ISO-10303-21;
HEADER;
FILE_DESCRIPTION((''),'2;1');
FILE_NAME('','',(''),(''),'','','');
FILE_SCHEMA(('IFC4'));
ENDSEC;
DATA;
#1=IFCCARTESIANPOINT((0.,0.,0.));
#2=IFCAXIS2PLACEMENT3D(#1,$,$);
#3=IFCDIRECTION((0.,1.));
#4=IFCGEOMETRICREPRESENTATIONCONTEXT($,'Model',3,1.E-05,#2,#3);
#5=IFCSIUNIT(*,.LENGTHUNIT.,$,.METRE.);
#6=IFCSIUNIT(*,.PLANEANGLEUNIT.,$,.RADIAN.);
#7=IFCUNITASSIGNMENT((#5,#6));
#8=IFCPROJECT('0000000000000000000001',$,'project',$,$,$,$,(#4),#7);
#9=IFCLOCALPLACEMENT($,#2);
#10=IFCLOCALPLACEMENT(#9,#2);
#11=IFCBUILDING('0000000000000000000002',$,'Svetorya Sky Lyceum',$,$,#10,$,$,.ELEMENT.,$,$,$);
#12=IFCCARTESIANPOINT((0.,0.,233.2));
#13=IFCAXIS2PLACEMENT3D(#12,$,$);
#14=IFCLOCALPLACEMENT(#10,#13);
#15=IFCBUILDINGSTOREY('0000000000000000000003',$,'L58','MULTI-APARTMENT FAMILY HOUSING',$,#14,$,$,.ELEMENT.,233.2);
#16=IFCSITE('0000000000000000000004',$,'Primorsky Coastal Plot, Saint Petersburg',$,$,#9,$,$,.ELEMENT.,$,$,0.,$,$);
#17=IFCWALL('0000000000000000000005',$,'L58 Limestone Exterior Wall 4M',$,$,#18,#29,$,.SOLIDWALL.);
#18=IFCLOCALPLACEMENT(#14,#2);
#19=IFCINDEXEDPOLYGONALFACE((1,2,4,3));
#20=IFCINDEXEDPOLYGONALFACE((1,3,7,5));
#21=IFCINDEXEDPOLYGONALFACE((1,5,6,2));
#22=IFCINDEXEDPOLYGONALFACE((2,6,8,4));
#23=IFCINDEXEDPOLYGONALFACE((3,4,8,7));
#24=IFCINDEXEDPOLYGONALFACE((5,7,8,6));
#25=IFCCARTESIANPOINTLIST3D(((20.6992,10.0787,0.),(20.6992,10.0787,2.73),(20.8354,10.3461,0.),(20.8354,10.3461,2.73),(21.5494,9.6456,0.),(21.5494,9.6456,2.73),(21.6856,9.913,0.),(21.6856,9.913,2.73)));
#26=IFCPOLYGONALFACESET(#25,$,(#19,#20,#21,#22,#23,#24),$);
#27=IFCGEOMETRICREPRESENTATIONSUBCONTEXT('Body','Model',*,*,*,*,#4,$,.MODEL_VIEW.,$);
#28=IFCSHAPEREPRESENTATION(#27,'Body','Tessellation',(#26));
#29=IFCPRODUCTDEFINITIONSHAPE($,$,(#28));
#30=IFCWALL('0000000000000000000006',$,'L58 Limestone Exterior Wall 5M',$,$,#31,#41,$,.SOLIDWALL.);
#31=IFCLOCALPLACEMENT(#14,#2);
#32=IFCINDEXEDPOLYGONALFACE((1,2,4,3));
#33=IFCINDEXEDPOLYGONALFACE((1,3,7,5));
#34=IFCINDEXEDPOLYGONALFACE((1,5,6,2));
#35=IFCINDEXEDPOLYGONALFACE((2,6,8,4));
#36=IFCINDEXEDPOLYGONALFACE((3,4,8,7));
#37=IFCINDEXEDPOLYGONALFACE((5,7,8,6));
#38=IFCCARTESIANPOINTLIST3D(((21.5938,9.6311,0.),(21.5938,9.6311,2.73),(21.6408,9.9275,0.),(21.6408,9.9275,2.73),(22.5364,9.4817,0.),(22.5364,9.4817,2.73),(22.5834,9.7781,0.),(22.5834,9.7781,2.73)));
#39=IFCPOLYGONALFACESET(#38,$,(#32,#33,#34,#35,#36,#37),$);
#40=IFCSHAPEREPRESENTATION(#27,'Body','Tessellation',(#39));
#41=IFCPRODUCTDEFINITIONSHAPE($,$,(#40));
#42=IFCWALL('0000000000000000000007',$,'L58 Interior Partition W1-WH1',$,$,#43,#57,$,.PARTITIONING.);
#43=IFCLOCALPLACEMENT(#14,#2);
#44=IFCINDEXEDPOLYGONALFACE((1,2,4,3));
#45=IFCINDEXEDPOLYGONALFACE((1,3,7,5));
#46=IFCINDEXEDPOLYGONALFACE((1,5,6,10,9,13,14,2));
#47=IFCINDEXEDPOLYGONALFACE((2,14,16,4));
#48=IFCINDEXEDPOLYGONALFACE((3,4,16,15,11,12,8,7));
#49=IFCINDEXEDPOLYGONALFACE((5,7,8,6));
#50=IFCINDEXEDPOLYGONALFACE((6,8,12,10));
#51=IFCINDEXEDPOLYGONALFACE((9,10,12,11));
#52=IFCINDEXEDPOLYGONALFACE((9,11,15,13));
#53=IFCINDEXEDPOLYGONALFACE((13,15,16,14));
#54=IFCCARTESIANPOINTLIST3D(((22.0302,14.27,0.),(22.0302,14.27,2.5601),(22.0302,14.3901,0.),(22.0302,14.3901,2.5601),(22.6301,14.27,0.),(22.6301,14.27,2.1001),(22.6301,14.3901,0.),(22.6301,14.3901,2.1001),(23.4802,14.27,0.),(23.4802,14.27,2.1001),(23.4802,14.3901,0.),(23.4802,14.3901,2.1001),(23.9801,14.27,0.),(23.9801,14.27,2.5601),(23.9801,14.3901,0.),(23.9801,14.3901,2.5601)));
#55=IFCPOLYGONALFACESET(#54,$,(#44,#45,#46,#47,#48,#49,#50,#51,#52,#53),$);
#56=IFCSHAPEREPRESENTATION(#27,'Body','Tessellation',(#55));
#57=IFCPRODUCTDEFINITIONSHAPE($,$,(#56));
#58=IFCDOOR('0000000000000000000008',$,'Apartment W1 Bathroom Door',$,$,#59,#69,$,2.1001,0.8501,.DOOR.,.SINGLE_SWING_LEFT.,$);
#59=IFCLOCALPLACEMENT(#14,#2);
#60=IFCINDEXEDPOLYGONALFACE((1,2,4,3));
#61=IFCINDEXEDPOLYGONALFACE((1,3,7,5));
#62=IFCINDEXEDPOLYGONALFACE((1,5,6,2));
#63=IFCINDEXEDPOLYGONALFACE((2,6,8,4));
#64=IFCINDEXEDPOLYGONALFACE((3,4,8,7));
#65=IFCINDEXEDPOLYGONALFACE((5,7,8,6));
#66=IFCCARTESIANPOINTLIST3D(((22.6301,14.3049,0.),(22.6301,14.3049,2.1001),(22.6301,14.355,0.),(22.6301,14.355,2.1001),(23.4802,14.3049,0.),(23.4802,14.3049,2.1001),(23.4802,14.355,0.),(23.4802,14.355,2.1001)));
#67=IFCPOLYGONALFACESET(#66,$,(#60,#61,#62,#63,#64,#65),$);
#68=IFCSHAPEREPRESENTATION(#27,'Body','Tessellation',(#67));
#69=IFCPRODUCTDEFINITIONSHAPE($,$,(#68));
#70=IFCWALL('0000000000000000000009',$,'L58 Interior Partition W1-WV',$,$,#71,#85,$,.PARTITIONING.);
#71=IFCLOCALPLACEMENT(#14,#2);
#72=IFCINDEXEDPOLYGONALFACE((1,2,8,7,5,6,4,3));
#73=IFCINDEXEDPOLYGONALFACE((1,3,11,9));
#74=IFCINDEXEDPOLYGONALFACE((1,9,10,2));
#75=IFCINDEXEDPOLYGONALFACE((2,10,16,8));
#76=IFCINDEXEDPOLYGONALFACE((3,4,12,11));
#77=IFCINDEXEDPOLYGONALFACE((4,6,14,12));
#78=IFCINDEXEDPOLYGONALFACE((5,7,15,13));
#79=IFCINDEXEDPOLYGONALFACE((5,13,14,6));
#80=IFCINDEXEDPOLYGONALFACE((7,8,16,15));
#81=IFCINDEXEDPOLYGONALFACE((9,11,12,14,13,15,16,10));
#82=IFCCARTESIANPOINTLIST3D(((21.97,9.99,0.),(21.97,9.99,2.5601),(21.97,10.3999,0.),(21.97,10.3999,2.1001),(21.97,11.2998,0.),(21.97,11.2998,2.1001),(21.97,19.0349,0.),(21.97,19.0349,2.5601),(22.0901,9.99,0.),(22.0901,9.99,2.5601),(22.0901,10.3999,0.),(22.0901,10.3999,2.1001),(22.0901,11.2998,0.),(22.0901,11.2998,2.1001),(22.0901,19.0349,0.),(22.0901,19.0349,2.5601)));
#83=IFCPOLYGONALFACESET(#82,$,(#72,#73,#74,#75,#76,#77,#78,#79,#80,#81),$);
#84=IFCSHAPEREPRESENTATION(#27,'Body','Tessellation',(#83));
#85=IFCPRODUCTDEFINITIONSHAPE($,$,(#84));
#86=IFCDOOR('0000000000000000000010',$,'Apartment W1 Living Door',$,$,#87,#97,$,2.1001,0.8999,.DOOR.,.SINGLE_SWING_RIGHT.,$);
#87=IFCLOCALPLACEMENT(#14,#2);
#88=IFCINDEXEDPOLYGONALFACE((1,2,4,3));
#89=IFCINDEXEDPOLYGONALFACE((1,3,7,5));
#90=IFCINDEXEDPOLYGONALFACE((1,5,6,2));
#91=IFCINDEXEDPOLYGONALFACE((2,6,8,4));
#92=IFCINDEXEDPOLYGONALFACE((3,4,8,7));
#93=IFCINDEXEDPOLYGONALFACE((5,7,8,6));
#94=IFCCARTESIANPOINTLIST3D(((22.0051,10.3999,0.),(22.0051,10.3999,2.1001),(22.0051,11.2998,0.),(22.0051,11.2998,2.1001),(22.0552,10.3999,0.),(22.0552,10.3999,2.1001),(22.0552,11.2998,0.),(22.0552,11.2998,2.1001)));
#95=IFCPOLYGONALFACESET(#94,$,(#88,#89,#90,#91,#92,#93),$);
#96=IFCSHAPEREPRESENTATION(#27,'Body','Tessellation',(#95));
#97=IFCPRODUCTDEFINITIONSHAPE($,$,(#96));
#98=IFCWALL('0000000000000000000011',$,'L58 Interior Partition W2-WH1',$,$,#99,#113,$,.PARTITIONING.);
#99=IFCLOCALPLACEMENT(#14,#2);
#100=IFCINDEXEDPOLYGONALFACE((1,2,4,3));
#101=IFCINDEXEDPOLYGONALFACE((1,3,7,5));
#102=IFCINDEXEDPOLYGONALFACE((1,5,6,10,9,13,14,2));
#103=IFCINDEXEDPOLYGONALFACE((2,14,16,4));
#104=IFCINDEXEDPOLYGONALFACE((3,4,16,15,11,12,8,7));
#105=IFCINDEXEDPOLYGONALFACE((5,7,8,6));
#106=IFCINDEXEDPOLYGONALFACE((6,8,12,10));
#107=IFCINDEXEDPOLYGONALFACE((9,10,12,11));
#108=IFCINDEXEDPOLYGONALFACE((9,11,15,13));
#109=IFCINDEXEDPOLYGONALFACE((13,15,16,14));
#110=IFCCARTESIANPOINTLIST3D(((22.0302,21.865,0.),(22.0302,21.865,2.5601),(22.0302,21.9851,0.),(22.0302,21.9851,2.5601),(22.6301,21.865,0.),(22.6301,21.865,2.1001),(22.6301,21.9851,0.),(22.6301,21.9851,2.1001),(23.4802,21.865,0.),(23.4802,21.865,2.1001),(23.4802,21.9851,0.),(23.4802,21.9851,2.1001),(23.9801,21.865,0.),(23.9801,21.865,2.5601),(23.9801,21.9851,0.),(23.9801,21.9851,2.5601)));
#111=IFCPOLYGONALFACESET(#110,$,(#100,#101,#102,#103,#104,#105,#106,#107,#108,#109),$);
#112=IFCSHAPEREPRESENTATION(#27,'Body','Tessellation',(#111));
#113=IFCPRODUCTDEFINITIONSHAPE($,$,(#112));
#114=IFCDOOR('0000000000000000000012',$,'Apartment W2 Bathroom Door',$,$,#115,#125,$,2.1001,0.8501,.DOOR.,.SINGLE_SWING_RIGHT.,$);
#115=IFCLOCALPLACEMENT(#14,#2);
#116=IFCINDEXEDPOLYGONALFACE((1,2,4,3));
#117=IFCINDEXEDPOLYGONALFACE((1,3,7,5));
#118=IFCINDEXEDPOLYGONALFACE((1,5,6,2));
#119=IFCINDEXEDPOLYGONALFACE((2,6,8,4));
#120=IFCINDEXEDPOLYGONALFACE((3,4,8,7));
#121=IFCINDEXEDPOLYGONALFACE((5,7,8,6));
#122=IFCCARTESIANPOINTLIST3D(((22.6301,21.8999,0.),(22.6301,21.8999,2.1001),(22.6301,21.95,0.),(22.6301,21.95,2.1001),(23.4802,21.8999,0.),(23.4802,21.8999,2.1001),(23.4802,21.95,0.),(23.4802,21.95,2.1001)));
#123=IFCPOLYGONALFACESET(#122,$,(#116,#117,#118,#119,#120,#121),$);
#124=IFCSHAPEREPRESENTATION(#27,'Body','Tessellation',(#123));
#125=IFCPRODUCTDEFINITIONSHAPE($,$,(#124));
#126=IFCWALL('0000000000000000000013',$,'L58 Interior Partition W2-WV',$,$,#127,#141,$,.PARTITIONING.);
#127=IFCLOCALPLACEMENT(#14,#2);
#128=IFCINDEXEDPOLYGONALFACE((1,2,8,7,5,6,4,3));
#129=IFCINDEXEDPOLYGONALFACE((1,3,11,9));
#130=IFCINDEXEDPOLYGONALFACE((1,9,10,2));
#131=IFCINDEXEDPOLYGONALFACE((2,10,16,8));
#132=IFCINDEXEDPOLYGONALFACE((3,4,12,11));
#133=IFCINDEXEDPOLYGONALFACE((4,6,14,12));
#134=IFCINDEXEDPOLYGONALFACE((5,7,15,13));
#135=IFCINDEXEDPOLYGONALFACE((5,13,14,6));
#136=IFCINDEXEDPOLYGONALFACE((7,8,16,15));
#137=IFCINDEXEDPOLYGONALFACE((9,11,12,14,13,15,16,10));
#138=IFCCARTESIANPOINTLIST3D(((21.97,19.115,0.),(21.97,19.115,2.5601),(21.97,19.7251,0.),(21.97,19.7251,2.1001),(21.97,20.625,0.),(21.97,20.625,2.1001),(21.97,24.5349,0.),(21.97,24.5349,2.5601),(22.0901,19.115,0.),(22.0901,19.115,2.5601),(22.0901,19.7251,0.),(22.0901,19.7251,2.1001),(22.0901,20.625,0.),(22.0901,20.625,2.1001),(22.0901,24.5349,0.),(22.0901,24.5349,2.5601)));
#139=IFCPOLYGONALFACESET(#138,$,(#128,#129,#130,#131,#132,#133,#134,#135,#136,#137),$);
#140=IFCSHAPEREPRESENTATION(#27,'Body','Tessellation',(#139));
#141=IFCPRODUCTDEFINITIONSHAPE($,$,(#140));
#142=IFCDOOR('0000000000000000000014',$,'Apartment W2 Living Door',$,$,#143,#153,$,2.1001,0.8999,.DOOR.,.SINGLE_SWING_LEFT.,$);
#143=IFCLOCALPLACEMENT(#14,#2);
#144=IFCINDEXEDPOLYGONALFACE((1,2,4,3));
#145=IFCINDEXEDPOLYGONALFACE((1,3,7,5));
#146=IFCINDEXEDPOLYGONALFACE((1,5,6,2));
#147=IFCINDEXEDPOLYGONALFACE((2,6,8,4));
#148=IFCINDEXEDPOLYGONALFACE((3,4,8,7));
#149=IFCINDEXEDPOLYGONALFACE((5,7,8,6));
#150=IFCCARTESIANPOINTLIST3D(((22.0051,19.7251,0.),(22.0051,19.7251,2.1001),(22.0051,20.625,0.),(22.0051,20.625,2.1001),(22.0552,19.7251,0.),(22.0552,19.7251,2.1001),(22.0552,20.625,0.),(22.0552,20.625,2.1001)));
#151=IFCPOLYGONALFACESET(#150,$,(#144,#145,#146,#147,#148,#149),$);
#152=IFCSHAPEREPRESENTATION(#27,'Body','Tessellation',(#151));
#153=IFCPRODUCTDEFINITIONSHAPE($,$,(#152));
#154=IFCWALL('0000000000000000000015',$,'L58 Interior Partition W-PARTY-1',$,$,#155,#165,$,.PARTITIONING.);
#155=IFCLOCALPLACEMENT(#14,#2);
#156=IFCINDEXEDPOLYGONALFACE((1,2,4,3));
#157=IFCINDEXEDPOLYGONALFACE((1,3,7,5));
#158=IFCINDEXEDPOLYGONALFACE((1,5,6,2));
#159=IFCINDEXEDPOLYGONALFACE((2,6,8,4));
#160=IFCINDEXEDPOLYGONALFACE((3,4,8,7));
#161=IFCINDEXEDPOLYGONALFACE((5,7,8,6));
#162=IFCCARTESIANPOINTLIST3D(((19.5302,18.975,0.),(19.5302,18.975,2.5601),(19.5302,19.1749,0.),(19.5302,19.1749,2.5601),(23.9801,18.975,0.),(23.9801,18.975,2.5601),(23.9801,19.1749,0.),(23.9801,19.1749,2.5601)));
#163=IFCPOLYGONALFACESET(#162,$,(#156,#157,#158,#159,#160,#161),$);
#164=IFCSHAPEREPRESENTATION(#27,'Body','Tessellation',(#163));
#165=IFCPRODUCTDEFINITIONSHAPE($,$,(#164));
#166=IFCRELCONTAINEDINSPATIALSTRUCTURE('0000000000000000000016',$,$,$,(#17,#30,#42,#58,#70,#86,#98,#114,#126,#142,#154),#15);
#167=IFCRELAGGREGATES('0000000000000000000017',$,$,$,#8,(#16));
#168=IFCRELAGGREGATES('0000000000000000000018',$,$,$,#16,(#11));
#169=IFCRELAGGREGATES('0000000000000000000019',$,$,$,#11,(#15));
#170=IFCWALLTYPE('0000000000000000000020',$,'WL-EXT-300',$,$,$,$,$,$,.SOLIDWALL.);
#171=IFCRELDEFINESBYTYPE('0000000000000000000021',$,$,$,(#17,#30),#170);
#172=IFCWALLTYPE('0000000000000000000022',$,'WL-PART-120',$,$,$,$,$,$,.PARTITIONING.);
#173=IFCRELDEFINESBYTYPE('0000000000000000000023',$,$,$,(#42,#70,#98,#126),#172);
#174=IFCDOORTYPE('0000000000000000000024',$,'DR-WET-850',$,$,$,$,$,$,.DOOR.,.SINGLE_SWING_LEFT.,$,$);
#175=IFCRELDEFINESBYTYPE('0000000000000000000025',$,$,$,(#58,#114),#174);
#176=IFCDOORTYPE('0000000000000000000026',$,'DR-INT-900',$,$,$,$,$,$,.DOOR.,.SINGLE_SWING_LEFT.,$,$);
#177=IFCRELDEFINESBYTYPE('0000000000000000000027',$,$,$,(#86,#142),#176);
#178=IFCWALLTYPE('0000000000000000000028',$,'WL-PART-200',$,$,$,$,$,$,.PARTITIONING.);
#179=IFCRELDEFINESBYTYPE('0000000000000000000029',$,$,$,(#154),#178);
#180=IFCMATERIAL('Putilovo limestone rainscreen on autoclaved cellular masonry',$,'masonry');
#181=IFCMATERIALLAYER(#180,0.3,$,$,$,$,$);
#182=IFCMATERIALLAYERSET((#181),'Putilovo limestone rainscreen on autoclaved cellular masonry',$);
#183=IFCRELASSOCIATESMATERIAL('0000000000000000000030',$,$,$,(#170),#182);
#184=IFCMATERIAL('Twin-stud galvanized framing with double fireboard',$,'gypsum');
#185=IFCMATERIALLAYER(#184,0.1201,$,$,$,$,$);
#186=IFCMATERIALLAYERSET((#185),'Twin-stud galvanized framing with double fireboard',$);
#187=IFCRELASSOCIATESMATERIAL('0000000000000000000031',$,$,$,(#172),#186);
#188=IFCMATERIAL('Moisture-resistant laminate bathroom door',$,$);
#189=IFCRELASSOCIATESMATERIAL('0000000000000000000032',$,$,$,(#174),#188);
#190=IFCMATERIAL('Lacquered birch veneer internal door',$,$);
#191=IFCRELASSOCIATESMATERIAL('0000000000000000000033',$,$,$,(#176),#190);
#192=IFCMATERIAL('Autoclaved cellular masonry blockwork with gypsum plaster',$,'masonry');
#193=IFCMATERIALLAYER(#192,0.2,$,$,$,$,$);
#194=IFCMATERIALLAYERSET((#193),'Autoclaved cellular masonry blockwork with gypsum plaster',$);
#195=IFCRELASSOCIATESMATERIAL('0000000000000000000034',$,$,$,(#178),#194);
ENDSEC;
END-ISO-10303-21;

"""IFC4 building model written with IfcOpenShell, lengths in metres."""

from ifc_helpers import new_model, si_unit, direction, frame, frame_2d, origin, place, context, subcontext, project, spatial, rectangle, extrude, material, layer, layer_set, type_object, element, fill, save


model = new_model("IFC4")

# Units and contexts
model_context = context("Model", 3, precision=1e-05, world=origin(), true_north=direction((0.0, 1.0)))
body_context = subcontext(model_context, "Body", "Model", "MODEL_VIEW")
ifc_project = project(units=[si_unit("LENGTHUNIT", "METRE"), si_unit("PLANEANGLEUNIT", "RADIAN")], contexts=[model_context])

# Site, building, storey
site_placement = place(None, origin())
site = spatial("IfcSite", under=ifc_project, at=site_placement, Name="Primorsky Coastal Plot, Saint Petersburg", CompositionType="ELEMENT", RefElevation=0.0)
building_placement = place(site_placement, origin())
building = spatial("IfcBuilding", under=site, at=building_placement, Name="Svetorya Sky Lyceum", CompositionType="ELEMENT")
storey_placement = place(building_placement, frame((0.0, 0.0, 233.2)))
storey = spatial("IfcBuildingStorey", under=building, at=storey_placement, Name="L58", Description="MULTI-APARTMENT FAMILY HOUSING", CompositionType="ELEMENT", Elevation=233.2)

# Walls
ifc_material_1 = material(Name="Putilovo limestone rainscreen on autoclaved cellular masonry", Category="masonry")
ifc_layer_1 = layer(ifc_material_1, 0.3)
ifc_layer_set_1 = layer_set([ifc_layer_1], Name="Putilovo limestone rainscreen on autoclaved cellular masonry")
wall_type_1 = type_object("IfcWallType", Name="WL-EXT-300", PredefinedType="SOLIDWALL", material=ifc_layer_set_1)
wall_1_placement = place(storey_placement, frame((20.7673, 10.2124, 0.0), z_axis=(0.0, 0.0, 1.0), x_axis=(0.891024, -0.453956, 0.0)))
element("IfcWall", 1, at=wall_1_placement, inside=storey, type_object=wall_type_1, Name="L58 Limestone Exterior Wall 4M", PredefinedType="SOLIDWALL", context=body_context, shape_type="SweptSolid", body=[
    extrude(rectangle(XDim=0.9541, YDim=0.3, at=frame_2d((0.4771, 0.0))), origin(), (0.0, 0.0, 1.0), 2.73),
])
wall_2_placement = place(storey_placement, frame((21.6174, 9.7793, 0.0), z_axis=(0.0, 0.0, 1.0), x_axis=(0.987669, -0.156554, 0.0)))
element("IfcWall", 2, at=wall_2_placement, inside=storey, type_object=wall_type_1, Name="L58 Limestone Exterior Wall 5M", PredefinedType="SOLIDWALL", context=body_context, shape_type="SweptSolid", body=[
    extrude(rectangle(XDim=0.9543, YDim=0.3, at=frame_2d((0.4771, 0.0))), origin(), (0.0, 0.0, 1.0), 2.73),
])

# Walls, openings, doors
ifc_material_2 = material(Name="Twin-stud galvanized framing with double fireboard", Category="gypsum")
ifc_layer_2 = layer(ifc_material_2, 0.1201)
ifc_layer_set_2 = layer_set([ifc_layer_2], Name="Twin-stud galvanized framing with double fireboard")
wall_type_2 = type_object("IfcWallType", Name="WL-PART-120", PredefinedType="PARTITIONING", material=ifc_layer_set_2)
wall_3_placement = place(storey_placement, frame((22.03, 14.3301, 0.0), z_axis=(0.0, 0.0, 1.0), x_axis=(1.0, 0.0, 0.0)))
wall_3 = element("IfcWall", 3, at=wall_3_placement, inside=storey, type_object=wall_type_2, Name="L58 Interior Partition W1-WH1", PredefinedType="PARTITIONING", context=body_context, shape_type="SweptSolid", body=[
    extrude(rectangle(XDim=1.95, YDim=0.1201, at=frame_2d((0.9751, 0.0))), origin(), (0.0, 0.0, 1.0), 2.5601),
])
opening_1_placement = place(wall_3_placement, frame((0.6001, 0.0, 0.0)))
opening_1 = element("IfcOpeningElement", 4, at=opening_1_placement, cuts=wall_3, PredefinedType="OPENING", context=body_context, shape_type="SweptSolid", body=[
    extrude(rectangle(XDim=0.8501, YDim=2.1001, at=frame_2d((0.425, 1.05))), frame((0.0, 0.0701, 0.0), z_axis=(0.0, -1.0, 0.0), x_axis=(1.0, 0.0, 0.0)), (0.0, 0.0, 1.0), 0.1401),
])
ifc_material_3 = material(Name="Moisture-resistant laminate bathroom door")
door_type_1 = type_object("IfcDoorType", Name="DR-WET-850", OperationType="SINGLE_SWING_LEFT", PredefinedType="DOOR", material=ifc_material_3)
door_1_placement = place(opening_1_placement, origin())
door_1 = element("IfcDoor", 5, at=door_1_placement, inside=storey, type_object=door_type_1, Name="Apartment W1 Bathroom Door", OperationType="SINGLE_SWING_LEFT", OverallHeight=2.1001, OverallWidth=0.8501, PredefinedType="DOOR", context=body_context, shape_type="SweptSolid", body=[
    extrude(rectangle(XDim=0.8501, YDim=2.1001, at=frame_2d((0.425, 1.05))), frame((0.0, 0.0249, 0.0), z_axis=(0.0, -1.0, 0.0), x_axis=(1.0, 0.0, 0.0)), (0.0, 0.0, 1.0), 0.05),
])
fill(opening_1, door_1)
wall_4_placement = place(storey_placement, frame((22.03, 9.99, 0.0), z_axis=(0.0, 0.0, 1.0), x_axis=(0.0, 1.0, 0.0)))
wall_4 = element("IfcWall", 6, at=wall_4_placement, inside=storey, type_object=wall_type_2, Name="L58 Interior Partition W1-WV", PredefinedType="PARTITIONING", context=body_context, shape_type="SweptSolid", body=[
    extrude(rectangle(XDim=9.0449, YDim=0.1201, at=frame_2d((4.5225, 0.0))), origin(), (0.0, 0.0, 1.0), 2.5601),
])
opening_2_placement = place(wall_4_placement, frame((0.4099, 0.0, 0.0)))
opening_2 = element("IfcOpeningElement", 7, at=opening_2_placement, cuts=wall_4, PredefinedType="OPENING", context=body_context, shape_type="SweptSolid", body=[
    extrude(rectangle(XDim=0.8999, YDim=2.1001, at=frame_2d((0.45, 1.05))), frame((0.0, 0.0701, 0.0), z_axis=(0.0, -1.0, 0.0), x_axis=(1.0, 0.0, 0.0)), (0.0, 0.0, 1.0), 0.1401),
])
ifc_material_4 = material(Name="Lacquered birch veneer internal door")
door_type_2 = type_object("IfcDoorType", Name="DR-INT-900", OperationType="SINGLE_SWING_LEFT", PredefinedType="DOOR", material=ifc_material_4)
door_2_placement = place(opening_2_placement, origin())
door_2 = element("IfcDoor", 8, at=door_2_placement, inside=storey, type_object=door_type_2, Name="Apartment W1 Living Door", OperationType="SINGLE_SWING_RIGHT", OverallHeight=2.1001, OverallWidth=0.8999, PredefinedType="DOOR", context=body_context, shape_type="SweptSolid", body=[
    extrude(rectangle(XDim=0.8999, YDim=2.1001, at=frame_2d((0.45, 1.05))), frame((0.0, 0.0249, 0.0), z_axis=(0.0, -1.0, 0.0), x_axis=(1.0, 0.0, 0.0)), (0.0, 0.0, 1.0), 0.05),
])
fill(opening_2, door_2)
wall_5_placement = place(storey_placement, frame((22.03, 21.925, 0.0), z_axis=(0.0, 0.0, 1.0), x_axis=(1.0, 0.0, 0.0)))
wall_5 = element("IfcWall", 9, at=wall_5_placement, inside=storey, type_object=wall_type_2, Name="L58 Interior Partition W2-WH1", PredefinedType="PARTITIONING", context=body_context, shape_type="SweptSolid", body=[
    extrude(rectangle(XDim=1.95, YDim=0.1201, at=frame_2d((0.9751, 0.0))), origin(), (0.0, 0.0, 1.0), 2.5601),
])
opening_3_placement = place(wall_5_placement, frame((0.6001, 0.0, 0.0)))
opening_3 = element("IfcOpeningElement", 10, at=opening_3_placement, cuts=wall_5, PredefinedType="OPENING", context=body_context, shape_type="SweptSolid", body=[
    extrude(rectangle(XDim=0.8501, YDim=2.1001, at=frame_2d((0.425, 1.05))), frame((0.0, 0.0701, 0.0), z_axis=(0.0, -1.0, 0.0), x_axis=(1.0, 0.0, 0.0)), (0.0, 0.0, 1.0), 0.1401),
])
door_3_placement = place(opening_3_placement, origin())
door_3 = element("IfcDoor", 11, at=door_3_placement, inside=storey, type_object=door_type_1, Name="Apartment W2 Bathroom Door", OperationType="SINGLE_SWING_RIGHT", OverallHeight=2.1001, OverallWidth=0.8501, PredefinedType="DOOR", context=body_context, shape_type="SweptSolid", body=[
    extrude(rectangle(XDim=0.8501, YDim=2.1001, at=frame_2d((0.425, 1.05))), frame((0.0, 0.0249, 0.0), z_axis=(0.0, -1.0, 0.0), x_axis=(1.0, 0.0, 0.0)), (0.0, 0.0, 1.0), 0.05),
])
fill(opening_3, door_3)
wall_6_placement = place(storey_placement, frame((22.03, 19.115, 0.0), z_axis=(0.0, 0.0, 1.0), x_axis=(0.0, 1.0, 0.0)))
wall_6 = element("IfcWall", 12, at=wall_6_placement, inside=storey, type_object=wall_type_2, Name="L58 Interior Partition W2-WV", PredefinedType="PARTITIONING", context=body_context, shape_type="SweptSolid", body=[
    extrude(rectangle(XDim=5.4199, YDim=0.1201, at=frame_2d((2.71, 0.0))), origin(), (0.0, 0.0, 1.0), 2.5601),
])
opening_4_placement = place(wall_6_placement, frame((0.6101, 0.0, 0.0)))
opening_4 = element("IfcOpeningElement", 13, at=opening_4_placement, cuts=wall_6, PredefinedType="OPENING", context=body_context, shape_type="SweptSolid", body=[
    extrude(rectangle(XDim=0.8999, YDim=2.1001, at=frame_2d((0.45, 1.05))), frame((0.0, 0.0701, 0.0), z_axis=(0.0, -1.0, 0.0), x_axis=(1.0, 0.0, 0.0)), (0.0, 0.0, 1.0), 0.1401),
])
door_4_placement = place(opening_4_placement, origin())
door_4 = element("IfcDoor", 14, at=door_4_placement, inside=storey, type_object=door_type_2, Name="Apartment W2 Living Door", OperationType="SINGLE_SWING_LEFT", OverallHeight=2.1001, OverallWidth=0.8999, PredefinedType="DOOR", context=body_context, shape_type="SweptSolid", body=[
    extrude(rectangle(XDim=0.8999, YDim=2.1001, at=frame_2d((0.45, 1.05))), frame((0.0, 0.0249, 0.0), z_axis=(0.0, -1.0, 0.0), x_axis=(1.0, 0.0, 0.0)), (0.0, 0.0, 1.0), 0.05),
])
fill(opening_4, door_4)

# Wall
ifc_material_5 = material(Name="Autoclaved cellular masonry blockwork with gypsum plaster", Category="masonry")
ifc_layer_3 = layer(ifc_material_5, 0.2)
ifc_layer_set_3 = layer_set([ifc_layer_3], Name="Autoclaved cellular masonry blockwork with gypsum plaster")
wall_type_3 = type_object("IfcWallType", Name="WL-PART-200", PredefinedType="PARTITIONING", material=ifc_layer_set_3)
wall_7_placement = place(storey_placement, frame((19.53, 19.075, 0.0), z_axis=(0.0, 0.0, 1.0), x_axis=(1.0, 0.0, 0.0)))
element("IfcWall", 15, at=wall_7_placement, inside=storey, type_object=wall_type_3, Name="L58 Interior Partition W-PARTY-1", PredefinedType="PARTITIONING", context=body_context, shape_type="SweptSolid", body=[
    extrude(rectangle(XDim=4.45, YDim=0.2, at=frame_2d((2.2251, 0.0))), origin(), (0.0, 0.0, 1.0), 2.5601),
])

save(model, "model.ifc")
